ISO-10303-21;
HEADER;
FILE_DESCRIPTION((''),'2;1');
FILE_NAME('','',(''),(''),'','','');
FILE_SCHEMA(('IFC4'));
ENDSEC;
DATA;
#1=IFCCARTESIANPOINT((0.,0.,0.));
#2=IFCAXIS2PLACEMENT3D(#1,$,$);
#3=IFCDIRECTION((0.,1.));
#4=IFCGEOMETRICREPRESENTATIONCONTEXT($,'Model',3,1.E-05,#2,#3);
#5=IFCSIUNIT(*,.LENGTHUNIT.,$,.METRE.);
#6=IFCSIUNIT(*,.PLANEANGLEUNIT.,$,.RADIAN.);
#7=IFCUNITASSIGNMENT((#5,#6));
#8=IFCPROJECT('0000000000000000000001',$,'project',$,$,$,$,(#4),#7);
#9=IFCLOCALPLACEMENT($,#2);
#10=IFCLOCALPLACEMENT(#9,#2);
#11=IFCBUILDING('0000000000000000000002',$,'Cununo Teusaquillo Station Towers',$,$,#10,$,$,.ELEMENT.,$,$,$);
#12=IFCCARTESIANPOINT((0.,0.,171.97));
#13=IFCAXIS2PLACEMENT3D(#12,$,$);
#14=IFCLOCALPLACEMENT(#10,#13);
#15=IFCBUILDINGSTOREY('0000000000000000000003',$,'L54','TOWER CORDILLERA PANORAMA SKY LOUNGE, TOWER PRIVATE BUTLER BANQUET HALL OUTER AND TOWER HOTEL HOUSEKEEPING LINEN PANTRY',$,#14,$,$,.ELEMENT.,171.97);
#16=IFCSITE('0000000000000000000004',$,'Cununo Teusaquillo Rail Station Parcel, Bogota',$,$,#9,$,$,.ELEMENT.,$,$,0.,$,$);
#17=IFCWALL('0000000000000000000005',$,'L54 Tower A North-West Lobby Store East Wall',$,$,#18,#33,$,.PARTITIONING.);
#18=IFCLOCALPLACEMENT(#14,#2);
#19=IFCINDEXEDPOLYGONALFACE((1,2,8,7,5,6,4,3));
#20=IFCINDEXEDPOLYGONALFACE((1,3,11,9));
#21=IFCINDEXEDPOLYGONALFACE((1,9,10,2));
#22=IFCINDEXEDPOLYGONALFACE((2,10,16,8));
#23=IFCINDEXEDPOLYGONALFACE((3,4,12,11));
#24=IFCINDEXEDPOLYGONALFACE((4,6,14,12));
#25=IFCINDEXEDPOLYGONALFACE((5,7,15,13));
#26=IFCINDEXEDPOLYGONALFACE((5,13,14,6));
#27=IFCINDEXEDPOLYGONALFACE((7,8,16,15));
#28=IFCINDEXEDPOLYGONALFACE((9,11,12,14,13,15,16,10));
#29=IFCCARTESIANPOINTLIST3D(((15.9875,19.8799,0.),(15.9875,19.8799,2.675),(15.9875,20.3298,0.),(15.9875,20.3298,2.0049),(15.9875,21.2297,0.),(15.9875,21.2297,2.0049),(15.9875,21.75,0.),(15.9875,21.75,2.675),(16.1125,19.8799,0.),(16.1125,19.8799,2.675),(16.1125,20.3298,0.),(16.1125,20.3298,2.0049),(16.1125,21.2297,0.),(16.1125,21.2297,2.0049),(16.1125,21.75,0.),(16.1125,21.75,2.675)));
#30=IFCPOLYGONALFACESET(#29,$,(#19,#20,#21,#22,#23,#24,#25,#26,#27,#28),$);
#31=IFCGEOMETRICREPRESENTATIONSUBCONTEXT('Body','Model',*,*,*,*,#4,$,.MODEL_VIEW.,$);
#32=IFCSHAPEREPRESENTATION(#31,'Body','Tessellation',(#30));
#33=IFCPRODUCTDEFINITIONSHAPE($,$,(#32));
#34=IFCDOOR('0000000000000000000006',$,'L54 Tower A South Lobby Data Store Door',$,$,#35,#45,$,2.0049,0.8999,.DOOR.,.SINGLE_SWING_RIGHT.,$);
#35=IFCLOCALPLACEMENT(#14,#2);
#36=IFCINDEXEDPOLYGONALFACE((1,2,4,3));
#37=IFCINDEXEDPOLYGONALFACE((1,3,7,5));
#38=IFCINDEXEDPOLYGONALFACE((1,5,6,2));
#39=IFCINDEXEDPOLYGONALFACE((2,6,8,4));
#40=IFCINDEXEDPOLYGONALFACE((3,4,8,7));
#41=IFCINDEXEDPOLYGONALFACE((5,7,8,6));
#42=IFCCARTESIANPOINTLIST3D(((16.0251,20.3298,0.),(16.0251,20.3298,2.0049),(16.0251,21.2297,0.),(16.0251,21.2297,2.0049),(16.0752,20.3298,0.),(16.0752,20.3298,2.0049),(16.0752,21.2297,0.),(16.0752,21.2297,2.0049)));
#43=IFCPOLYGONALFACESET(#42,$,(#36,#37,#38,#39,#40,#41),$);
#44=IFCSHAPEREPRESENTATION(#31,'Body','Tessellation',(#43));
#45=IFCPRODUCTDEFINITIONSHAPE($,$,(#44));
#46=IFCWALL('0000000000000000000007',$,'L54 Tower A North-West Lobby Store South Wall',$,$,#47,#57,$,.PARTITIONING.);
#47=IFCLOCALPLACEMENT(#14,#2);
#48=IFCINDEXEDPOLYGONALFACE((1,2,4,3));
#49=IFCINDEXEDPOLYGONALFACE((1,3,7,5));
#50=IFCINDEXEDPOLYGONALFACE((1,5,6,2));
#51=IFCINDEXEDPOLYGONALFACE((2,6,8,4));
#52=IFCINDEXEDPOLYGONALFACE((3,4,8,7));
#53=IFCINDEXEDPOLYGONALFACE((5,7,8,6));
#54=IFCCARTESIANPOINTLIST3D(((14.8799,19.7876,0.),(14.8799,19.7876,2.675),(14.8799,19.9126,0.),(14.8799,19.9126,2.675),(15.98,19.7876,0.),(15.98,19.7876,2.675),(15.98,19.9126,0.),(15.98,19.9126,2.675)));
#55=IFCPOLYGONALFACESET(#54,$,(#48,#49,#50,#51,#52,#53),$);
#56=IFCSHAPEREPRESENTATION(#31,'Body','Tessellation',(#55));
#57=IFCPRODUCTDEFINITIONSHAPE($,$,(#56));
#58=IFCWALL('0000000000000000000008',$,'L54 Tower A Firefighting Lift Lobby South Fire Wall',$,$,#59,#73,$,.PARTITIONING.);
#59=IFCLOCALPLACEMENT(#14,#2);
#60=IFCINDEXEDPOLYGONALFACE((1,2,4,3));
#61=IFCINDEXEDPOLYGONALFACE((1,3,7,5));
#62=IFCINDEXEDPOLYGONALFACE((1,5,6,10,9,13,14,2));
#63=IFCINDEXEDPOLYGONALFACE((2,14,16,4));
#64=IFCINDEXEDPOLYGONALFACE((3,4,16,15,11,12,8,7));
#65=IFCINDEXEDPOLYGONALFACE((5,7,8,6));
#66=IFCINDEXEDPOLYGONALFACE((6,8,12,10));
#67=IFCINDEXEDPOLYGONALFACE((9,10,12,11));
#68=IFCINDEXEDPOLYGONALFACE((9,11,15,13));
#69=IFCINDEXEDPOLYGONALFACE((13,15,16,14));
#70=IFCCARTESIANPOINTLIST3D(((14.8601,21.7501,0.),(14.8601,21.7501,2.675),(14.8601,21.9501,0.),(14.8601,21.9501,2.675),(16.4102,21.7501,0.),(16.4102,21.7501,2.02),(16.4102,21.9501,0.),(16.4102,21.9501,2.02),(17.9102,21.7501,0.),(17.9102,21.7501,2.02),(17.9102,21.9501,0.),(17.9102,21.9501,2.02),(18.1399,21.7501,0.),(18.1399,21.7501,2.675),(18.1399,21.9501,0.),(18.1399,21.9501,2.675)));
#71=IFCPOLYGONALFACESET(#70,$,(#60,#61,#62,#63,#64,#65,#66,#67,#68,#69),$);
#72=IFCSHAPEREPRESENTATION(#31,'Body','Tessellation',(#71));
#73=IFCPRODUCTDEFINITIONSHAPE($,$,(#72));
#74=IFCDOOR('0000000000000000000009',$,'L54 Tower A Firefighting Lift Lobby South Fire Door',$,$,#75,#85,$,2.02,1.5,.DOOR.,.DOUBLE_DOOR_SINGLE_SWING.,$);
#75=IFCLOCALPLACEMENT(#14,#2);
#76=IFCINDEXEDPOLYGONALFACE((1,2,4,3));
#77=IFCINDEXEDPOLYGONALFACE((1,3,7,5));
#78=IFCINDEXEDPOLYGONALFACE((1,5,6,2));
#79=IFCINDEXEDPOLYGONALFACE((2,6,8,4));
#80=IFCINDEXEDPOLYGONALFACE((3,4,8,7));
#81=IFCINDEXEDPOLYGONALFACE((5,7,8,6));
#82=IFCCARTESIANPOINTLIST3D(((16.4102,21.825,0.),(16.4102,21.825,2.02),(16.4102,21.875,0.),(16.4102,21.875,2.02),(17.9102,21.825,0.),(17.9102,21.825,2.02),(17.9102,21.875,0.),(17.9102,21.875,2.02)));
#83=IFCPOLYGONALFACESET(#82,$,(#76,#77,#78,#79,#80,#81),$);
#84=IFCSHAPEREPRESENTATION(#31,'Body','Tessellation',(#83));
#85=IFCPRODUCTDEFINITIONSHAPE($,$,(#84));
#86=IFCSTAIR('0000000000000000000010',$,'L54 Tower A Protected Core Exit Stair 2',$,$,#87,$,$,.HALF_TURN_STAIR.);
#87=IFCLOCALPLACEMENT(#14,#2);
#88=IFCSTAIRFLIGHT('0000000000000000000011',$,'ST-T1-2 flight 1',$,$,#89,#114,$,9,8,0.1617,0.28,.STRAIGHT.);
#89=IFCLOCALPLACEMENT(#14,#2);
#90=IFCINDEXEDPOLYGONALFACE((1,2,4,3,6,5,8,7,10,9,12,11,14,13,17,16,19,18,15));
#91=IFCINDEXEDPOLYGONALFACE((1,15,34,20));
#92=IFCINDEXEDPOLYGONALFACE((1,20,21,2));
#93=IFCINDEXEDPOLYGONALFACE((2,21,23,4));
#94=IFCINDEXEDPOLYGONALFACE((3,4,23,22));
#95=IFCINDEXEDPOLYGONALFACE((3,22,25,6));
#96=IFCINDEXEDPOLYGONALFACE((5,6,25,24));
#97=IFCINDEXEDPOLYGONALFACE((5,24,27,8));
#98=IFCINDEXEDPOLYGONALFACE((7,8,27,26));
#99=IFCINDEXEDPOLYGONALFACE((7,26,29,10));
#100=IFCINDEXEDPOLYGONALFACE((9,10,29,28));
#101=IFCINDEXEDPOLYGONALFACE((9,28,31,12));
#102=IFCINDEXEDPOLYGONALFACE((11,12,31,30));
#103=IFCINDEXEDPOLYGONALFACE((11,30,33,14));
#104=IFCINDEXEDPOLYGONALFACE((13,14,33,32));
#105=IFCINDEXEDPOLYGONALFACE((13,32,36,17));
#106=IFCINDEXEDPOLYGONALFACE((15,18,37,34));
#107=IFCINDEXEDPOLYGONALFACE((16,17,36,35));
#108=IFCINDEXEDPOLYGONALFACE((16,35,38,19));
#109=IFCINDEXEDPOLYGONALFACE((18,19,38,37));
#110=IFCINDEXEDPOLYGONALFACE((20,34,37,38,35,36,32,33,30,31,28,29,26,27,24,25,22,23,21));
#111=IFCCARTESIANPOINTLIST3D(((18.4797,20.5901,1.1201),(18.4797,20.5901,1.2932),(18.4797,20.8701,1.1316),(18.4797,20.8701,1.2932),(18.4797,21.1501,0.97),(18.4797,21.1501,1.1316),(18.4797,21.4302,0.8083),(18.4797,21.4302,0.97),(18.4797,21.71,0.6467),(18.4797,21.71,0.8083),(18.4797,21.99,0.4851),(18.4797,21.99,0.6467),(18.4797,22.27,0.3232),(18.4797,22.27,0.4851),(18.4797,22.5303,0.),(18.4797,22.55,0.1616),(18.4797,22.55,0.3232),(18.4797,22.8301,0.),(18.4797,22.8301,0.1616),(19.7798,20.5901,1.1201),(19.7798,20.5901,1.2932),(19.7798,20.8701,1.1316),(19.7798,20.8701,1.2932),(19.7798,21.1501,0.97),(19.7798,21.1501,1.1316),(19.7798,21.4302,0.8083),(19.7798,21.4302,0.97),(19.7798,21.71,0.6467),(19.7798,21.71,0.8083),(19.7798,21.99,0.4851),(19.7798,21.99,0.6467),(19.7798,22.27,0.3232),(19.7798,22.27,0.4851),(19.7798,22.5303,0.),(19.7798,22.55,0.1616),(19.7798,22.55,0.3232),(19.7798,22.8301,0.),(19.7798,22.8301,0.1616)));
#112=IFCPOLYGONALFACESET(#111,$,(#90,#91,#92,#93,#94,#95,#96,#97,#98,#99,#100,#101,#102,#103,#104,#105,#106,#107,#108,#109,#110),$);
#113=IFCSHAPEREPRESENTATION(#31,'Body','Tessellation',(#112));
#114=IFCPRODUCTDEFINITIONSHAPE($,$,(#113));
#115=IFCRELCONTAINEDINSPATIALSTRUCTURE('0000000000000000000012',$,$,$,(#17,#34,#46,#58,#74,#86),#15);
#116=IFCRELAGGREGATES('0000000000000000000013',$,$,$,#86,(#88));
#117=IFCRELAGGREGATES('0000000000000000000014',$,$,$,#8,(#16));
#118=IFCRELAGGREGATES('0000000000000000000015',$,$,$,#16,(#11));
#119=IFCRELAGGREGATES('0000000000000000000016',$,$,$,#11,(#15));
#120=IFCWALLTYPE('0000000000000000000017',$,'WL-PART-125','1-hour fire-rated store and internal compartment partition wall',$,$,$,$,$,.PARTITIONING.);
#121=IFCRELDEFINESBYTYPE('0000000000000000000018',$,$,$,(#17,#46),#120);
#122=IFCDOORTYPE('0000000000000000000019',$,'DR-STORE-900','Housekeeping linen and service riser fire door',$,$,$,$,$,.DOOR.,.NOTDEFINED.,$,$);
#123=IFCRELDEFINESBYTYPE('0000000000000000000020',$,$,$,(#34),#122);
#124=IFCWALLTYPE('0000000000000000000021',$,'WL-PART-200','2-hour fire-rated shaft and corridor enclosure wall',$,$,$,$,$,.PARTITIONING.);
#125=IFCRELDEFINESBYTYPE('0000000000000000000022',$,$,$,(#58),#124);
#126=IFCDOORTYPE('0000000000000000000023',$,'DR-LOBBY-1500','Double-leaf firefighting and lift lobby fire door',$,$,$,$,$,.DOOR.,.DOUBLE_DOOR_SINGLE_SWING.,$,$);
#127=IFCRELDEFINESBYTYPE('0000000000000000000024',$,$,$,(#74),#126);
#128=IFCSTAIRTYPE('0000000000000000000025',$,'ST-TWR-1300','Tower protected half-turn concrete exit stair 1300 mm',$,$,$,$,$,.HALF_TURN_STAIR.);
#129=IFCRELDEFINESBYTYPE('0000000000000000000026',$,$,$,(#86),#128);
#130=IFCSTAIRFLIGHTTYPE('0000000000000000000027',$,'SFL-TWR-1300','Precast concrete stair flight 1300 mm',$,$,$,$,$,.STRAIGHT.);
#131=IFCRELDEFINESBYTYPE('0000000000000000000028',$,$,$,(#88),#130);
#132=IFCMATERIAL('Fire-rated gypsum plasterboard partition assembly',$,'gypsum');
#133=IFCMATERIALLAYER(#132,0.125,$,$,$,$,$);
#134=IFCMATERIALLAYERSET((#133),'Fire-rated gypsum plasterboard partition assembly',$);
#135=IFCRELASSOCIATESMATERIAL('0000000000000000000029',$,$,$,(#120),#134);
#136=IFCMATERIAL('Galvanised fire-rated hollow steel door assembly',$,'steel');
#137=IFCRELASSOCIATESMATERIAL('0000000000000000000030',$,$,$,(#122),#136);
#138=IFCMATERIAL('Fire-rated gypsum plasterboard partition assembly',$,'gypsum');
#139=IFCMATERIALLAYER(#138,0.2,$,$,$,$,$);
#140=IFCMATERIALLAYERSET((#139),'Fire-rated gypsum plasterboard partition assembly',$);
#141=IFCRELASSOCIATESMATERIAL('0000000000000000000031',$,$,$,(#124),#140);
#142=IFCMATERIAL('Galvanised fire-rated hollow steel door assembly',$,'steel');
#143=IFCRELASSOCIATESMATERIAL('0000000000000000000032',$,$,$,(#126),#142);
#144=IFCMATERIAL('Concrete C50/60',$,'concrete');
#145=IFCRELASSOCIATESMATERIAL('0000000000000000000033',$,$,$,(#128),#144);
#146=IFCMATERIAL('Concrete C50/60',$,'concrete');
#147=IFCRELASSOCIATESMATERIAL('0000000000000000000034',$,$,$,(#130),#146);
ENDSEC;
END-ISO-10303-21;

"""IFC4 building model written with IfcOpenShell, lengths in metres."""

from ifc_helpers import new_model, si_unit, direction, frame, frame_2d, origin, place, context, subcontext, project, spatial, polyline, rectangle, outline, extrude, source, transform, mapped, material, layer, layer_set, type_object, element, fill, aggregate, save


model = new_model("IFC4")

# Units and contexts
model_context = context("Model", 3, precision=1e-05, world=origin(), true_north=direction((0.0, 1.0)))
body_context = subcontext(model_context, "Body", "Model", "MODEL_VIEW")
ifc_project = project(units=[si_unit("LENGTHUNIT", "METRE"), si_unit("PLANEANGLEUNIT", "RADIAN")], contexts=[model_context])

# Site, building, storey
site_placement = place(None, origin())
site = spatial("IfcSite", under=ifc_project, at=site_placement, Name="Cununo Teusaquillo Rail Station Parcel, Bogota", CompositionType="ELEMENT", RefElevation=0.0)
building_placement = place(site_placement, origin())
building = spatial("IfcBuilding", under=site, at=building_placement, Name="Cununo Teusaquillo Station Towers", CompositionType="ELEMENT")
storey_placement = place(building_placement, frame((0.0, 0.0, 171.97)))
storey = spatial("IfcBuildingStorey", under=building, at=storey_placement, Name="L54", Description="TOWER CORDILLERA PANORAMA SKY LOUNGE, TOWER PRIVATE BUTLER BANQUET HALL OUTER AND TOWER HOTEL HOUSEKEEPING LINEN PANTRY", CompositionType="ELEMENT", Elevation=171.97)

# Wall, opening, door
ifc_material_1 = material(Name="Fire-rated gypsum plasterboard partition assembly", Category="gypsum")
ifc_layer_1 = layer(ifc_material_1, 0.125)
ifc_layer_set_1 = layer_set([ifc_layer_1], Name="Fire-rated gypsum plasterboard partition assembly")
wall_type_1 = type_object("IfcWallType", Name="WL-PART-125", Description="1-hour fire-rated store and internal compartment partition wall", PredefinedType="PARTITIONING", material=ifc_layer_set_1)
wall_1_placement = place(storey_placement, frame((16.05, 19.8799, 0.0), z_axis=(0.0, 0.0, 1.0), x_axis=(0.0, 1.0, 0.0)))
wall_1 = element("IfcWall", 1, at=wall_1_placement, inside=storey, type_object=wall_type_1, Name="L54 Tower A North-West Lobby Store East Wall", PredefinedType="PARTITIONING", context=body_context, shape_type="SweptSolid", body=[
    extrude(rectangle(XDim=1.8701, YDim=0.125, at=frame_2d((0.9351, 0.0))), origin(), (0.0, 0.0, 1.0), 2.675),
])
shared_shape_1 = source(origin(), body_context, "Body", "SweptSolid", [
    extrude(rectangle(XDim=0.8999, YDim=2.0049, at=frame_2d((0.45, 1.0024))), frame((0.0, 0.0725, 0.0), z_axis=(0.0, -1.0, 0.0), x_axis=(1.0, 0.0, 0.0)), (0.0, 0.0, 1.0), 0.145),
])
opening_1_placement = place(wall_1_placement, frame((0.45, 0.0, 0.0)))
opening_1 = element("IfcOpeningElement", 2, at=opening_1_placement, cuts=wall_1, PredefinedType="OPENING", context=body_context, shape_type="MappedRepresentation", body=[
    mapped(shared_shape_1, transform((0.0, 0.0, 0.0), x_axis=(1.0, 0.0, 0.0), y_axis=(0.0, 1.0, 0.0), z_axis=(0.0, 0.0, 1.0), scale=1.0)),
])
ifc_material_2 = material(Name="Galvanised fire-rated hollow steel door assembly", Category="steel")
door_type_1 = type_object("IfcDoorType", Name="DR-STORE-900", Description="Housekeeping linen and service riser fire door", OperationType="NOTDEFINED", PredefinedType="DOOR", material=ifc_material_2)
shared_shape_2 = source(origin(), body_context, "Body", "SweptSolid", [
    extrude(rectangle(XDim=0.8999, YDim=2.0049, at=frame_2d((0.45, 1.0024))), frame((0.0, 0.0249, 0.0), z_axis=(0.0, -1.0, 0.0), x_axis=(1.0, 0.0, 0.0)), (0.0, 0.0, 1.0), 0.05),
])
door_1_placement = place(opening_1_placement, origin())
door_1 = element("IfcDoor", 3, at=door_1_placement, inside=storey, type_object=door_type_1, Name="L54 Tower A South Lobby Data Store Door", OperationType="SINGLE_SWING_RIGHT", OverallHeight=2.0049, OverallWidth=0.8999, PredefinedType="DOOR", context=body_context, shape_type="MappedRepresentation", body=[
    mapped(shared_shape_2, transform((0.0, 0.0, 0.0), x_axis=(1.0, 0.0, 0.0), y_axis=(0.0, 1.0, 0.0), z_axis=(0.0, 0.0, 1.0), scale=1.0)),
])
fill(opening_1, door_1)

# Wall
wall_2_placement = place(storey_placement, frame((14.8799, 19.8501, 0.0), z_axis=(0.0, 0.0, 1.0), x_axis=(1.0, 0.0, 0.0)))
element("IfcWall", 4, at=wall_2_placement, inside=storey, type_object=wall_type_1, Name="L54 Tower A North-West Lobby Store South Wall", PredefinedType="PARTITIONING", context=body_context, shape_type="SweptSolid", body=[
    extrude(rectangle(XDim=1.1001, YDim=0.125, at=frame_2d((0.55, 0.0))), origin(), (0.0, 0.0, 1.0), 2.675),
])

# Wall, opening, door
ifc_material_3 = material(Name="Fire-rated gypsum plasterboard partition assembly", Category="gypsum")
ifc_layer_2 = layer(ifc_material_3, 0.2)
ifc_layer_set_2 = layer_set([ifc_layer_2], Name="Fire-rated gypsum plasterboard partition assembly")
wall_type_2 = type_object("IfcWallType", Name="WL-PART-200", Description="2-hour fire-rated shaft and corridor enclosure wall", PredefinedType="PARTITIONING", material=ifc_layer_set_2)
wall_3_placement = place(storey_placement, frame((14.8601, 21.8501, 0.0), z_axis=(0.0, 0.0, 1.0), x_axis=(1.0, 0.0, 0.0)))
wall_3 = element("IfcWall", 5, at=wall_3_placement, inside=storey, type_object=wall_type_2, Name="L54 Tower A Firefighting Lift Lobby South Fire Wall", PredefinedType="PARTITIONING", context=body_context, shape_type="SweptSolid", body=[
    extrude(rectangle(XDim=3.2798, YDim=0.2, at=frame_2d((1.6399, 0.0))), origin(), (0.0, 0.0, 1.0), 2.675),
])
shared_shape_3 = source(origin(), body_context, "Body", "SweptSolid", [
    extrude(rectangle(XDim=1.5, YDim=2.02, at=frame_2d((0.75, 1.01))), frame((0.0, 0.1099, 0.0), z_axis=(0.0, -1.0, 0.0), x_axis=(1.0, 0.0, 0.0)), (0.0, 0.0, 1.0), 0.22),
])
opening_2_placement = place(wall_3_placement, frame((1.55, 0.0, 0.0)))
opening_2 = element("IfcOpeningElement", 6, at=opening_2_placement, cuts=wall_3, PredefinedType="OPENING", context=body_context, shape_type="MappedRepresentation", body=[
    mapped(shared_shape_3, transform((0.0, 0.0, 0.0), x_axis=(1.0, 0.0, 0.0), y_axis=(0.0, 1.0, 0.0), z_axis=(0.0, 0.0, 1.0), scale=1.0)),
])
ifc_material_4 = material(Name="Galvanised fire-rated hollow steel door assembly", Category="steel")
door_type_2 = type_object("IfcDoorType", Name="DR-LOBBY-1500", Description="Double-leaf firefighting and lift lobby fire door", OperationType="DOUBLE_DOOR_SINGLE_SWING", PredefinedType="DOOR", material=ifc_material_4)
shared_shape_4 = source(origin(), body_context, "Body", "SweptSolid", [
    extrude(rectangle(XDim=1.5, YDim=2.02, at=frame_2d((0.75, 1.01))), frame((0.0, 0.0249, 0.0), z_axis=(0.0, -1.0, 0.0), x_axis=(1.0, 0.0, 0.0)), (0.0, 0.0, 1.0), 0.05),
])
door_2_placement = place(opening_2_placement, origin())
door_2 = element("IfcDoor", 7, at=door_2_placement, inside=storey, type_object=door_type_2, Name="L54 Tower A Firefighting Lift Lobby South Fire Door", OperationType="DOUBLE_DOOR_SINGLE_SWING", OverallHeight=2.02, OverallWidth=1.5, PredefinedType="DOOR", context=body_context, shape_type="MappedRepresentation", body=[
    mapped(shared_shape_4, transform((0.0, 0.0, 0.0), x_axis=(1.0, 0.0, 0.0), y_axis=(0.0, 1.0, 0.0), z_axis=(0.0, 0.0, 1.0), scale=1.0)),
])
fill(opening_2, door_2)

# Stair, stair flight
ifc_material_5 = material(Name="Concrete C50/60", Category="concrete")
stair_type = type_object("IfcStairType", Name="ST-TWR-1300", Description="Tower protected half-turn concrete exit stair 1300 mm", PredefinedType="HALF_TURN_STAIR", material=ifc_material_5)
stair_placement = place(storey_placement, origin())
stair = element("IfcStair", 8, at=stair_placement, inside=storey, type_object=stair_type, Name="L54 Tower A Protected Core Exit Stair 2", PredefinedType="HALF_TURN_STAIR")
ifc_material_6 = material(Name="Concrete C50/60", Category="concrete")
stair_flight_type = type_object("IfcStairFlightType", Name="SFL-TWR-1300", Description="Precast concrete stair flight 1300 mm", PredefinedType="STRAIGHT", material=ifc_material_6)
stair_flight_placement = place(storey_placement, frame((19.1299, 22.8301, 0.0), z_axis=(0.0, 0.0, 1.0), x_axis=(0.0, -1.0, 0.0)))
stair_flight = element("IfcStairFlight", 9, at=stair_flight_placement, type_object=stair_flight_type, Name="ST-T1-2 flight 1", NumberOfRisers=9, NumberOfTreads=8, PredefinedType="STRAIGHT", RiserHeight=0.1617, TreadLength=0.28, context=body_context, shape_type="SweptSolid", body=[
    extrude(outline(polyline([(0.0, 0.0), (0.0, 0.1616), (0.28, 0.1616), (0.28, 0.3232), (0.5601, 0.3232), (0.5601, 0.4851), (0.8401, 0.4851), (0.8401, 0.6467), (1.1201, 0.6467), (1.1201, 0.8083), (1.3999, 0.8083), (1.3999, 0.97), (1.6799, 0.97), (1.6799, 1.1316), (1.96, 1.1316), (1.96, 1.2932), (2.24, 1.2932), (2.24, 1.4551), (2.24, 1.1201), (0.2998, 0.0), (0.0, 0.0)])), frame((0.0, 0.6499, 0.0), z_axis=(0.0, -1.0, 0.0), x_axis=(1.0, 0.0, 0.0)), (0.0, 0.0, 1.0), 1.3),
])
aggregate(stair, [stair_flight])

save(model, "model.ifc")
